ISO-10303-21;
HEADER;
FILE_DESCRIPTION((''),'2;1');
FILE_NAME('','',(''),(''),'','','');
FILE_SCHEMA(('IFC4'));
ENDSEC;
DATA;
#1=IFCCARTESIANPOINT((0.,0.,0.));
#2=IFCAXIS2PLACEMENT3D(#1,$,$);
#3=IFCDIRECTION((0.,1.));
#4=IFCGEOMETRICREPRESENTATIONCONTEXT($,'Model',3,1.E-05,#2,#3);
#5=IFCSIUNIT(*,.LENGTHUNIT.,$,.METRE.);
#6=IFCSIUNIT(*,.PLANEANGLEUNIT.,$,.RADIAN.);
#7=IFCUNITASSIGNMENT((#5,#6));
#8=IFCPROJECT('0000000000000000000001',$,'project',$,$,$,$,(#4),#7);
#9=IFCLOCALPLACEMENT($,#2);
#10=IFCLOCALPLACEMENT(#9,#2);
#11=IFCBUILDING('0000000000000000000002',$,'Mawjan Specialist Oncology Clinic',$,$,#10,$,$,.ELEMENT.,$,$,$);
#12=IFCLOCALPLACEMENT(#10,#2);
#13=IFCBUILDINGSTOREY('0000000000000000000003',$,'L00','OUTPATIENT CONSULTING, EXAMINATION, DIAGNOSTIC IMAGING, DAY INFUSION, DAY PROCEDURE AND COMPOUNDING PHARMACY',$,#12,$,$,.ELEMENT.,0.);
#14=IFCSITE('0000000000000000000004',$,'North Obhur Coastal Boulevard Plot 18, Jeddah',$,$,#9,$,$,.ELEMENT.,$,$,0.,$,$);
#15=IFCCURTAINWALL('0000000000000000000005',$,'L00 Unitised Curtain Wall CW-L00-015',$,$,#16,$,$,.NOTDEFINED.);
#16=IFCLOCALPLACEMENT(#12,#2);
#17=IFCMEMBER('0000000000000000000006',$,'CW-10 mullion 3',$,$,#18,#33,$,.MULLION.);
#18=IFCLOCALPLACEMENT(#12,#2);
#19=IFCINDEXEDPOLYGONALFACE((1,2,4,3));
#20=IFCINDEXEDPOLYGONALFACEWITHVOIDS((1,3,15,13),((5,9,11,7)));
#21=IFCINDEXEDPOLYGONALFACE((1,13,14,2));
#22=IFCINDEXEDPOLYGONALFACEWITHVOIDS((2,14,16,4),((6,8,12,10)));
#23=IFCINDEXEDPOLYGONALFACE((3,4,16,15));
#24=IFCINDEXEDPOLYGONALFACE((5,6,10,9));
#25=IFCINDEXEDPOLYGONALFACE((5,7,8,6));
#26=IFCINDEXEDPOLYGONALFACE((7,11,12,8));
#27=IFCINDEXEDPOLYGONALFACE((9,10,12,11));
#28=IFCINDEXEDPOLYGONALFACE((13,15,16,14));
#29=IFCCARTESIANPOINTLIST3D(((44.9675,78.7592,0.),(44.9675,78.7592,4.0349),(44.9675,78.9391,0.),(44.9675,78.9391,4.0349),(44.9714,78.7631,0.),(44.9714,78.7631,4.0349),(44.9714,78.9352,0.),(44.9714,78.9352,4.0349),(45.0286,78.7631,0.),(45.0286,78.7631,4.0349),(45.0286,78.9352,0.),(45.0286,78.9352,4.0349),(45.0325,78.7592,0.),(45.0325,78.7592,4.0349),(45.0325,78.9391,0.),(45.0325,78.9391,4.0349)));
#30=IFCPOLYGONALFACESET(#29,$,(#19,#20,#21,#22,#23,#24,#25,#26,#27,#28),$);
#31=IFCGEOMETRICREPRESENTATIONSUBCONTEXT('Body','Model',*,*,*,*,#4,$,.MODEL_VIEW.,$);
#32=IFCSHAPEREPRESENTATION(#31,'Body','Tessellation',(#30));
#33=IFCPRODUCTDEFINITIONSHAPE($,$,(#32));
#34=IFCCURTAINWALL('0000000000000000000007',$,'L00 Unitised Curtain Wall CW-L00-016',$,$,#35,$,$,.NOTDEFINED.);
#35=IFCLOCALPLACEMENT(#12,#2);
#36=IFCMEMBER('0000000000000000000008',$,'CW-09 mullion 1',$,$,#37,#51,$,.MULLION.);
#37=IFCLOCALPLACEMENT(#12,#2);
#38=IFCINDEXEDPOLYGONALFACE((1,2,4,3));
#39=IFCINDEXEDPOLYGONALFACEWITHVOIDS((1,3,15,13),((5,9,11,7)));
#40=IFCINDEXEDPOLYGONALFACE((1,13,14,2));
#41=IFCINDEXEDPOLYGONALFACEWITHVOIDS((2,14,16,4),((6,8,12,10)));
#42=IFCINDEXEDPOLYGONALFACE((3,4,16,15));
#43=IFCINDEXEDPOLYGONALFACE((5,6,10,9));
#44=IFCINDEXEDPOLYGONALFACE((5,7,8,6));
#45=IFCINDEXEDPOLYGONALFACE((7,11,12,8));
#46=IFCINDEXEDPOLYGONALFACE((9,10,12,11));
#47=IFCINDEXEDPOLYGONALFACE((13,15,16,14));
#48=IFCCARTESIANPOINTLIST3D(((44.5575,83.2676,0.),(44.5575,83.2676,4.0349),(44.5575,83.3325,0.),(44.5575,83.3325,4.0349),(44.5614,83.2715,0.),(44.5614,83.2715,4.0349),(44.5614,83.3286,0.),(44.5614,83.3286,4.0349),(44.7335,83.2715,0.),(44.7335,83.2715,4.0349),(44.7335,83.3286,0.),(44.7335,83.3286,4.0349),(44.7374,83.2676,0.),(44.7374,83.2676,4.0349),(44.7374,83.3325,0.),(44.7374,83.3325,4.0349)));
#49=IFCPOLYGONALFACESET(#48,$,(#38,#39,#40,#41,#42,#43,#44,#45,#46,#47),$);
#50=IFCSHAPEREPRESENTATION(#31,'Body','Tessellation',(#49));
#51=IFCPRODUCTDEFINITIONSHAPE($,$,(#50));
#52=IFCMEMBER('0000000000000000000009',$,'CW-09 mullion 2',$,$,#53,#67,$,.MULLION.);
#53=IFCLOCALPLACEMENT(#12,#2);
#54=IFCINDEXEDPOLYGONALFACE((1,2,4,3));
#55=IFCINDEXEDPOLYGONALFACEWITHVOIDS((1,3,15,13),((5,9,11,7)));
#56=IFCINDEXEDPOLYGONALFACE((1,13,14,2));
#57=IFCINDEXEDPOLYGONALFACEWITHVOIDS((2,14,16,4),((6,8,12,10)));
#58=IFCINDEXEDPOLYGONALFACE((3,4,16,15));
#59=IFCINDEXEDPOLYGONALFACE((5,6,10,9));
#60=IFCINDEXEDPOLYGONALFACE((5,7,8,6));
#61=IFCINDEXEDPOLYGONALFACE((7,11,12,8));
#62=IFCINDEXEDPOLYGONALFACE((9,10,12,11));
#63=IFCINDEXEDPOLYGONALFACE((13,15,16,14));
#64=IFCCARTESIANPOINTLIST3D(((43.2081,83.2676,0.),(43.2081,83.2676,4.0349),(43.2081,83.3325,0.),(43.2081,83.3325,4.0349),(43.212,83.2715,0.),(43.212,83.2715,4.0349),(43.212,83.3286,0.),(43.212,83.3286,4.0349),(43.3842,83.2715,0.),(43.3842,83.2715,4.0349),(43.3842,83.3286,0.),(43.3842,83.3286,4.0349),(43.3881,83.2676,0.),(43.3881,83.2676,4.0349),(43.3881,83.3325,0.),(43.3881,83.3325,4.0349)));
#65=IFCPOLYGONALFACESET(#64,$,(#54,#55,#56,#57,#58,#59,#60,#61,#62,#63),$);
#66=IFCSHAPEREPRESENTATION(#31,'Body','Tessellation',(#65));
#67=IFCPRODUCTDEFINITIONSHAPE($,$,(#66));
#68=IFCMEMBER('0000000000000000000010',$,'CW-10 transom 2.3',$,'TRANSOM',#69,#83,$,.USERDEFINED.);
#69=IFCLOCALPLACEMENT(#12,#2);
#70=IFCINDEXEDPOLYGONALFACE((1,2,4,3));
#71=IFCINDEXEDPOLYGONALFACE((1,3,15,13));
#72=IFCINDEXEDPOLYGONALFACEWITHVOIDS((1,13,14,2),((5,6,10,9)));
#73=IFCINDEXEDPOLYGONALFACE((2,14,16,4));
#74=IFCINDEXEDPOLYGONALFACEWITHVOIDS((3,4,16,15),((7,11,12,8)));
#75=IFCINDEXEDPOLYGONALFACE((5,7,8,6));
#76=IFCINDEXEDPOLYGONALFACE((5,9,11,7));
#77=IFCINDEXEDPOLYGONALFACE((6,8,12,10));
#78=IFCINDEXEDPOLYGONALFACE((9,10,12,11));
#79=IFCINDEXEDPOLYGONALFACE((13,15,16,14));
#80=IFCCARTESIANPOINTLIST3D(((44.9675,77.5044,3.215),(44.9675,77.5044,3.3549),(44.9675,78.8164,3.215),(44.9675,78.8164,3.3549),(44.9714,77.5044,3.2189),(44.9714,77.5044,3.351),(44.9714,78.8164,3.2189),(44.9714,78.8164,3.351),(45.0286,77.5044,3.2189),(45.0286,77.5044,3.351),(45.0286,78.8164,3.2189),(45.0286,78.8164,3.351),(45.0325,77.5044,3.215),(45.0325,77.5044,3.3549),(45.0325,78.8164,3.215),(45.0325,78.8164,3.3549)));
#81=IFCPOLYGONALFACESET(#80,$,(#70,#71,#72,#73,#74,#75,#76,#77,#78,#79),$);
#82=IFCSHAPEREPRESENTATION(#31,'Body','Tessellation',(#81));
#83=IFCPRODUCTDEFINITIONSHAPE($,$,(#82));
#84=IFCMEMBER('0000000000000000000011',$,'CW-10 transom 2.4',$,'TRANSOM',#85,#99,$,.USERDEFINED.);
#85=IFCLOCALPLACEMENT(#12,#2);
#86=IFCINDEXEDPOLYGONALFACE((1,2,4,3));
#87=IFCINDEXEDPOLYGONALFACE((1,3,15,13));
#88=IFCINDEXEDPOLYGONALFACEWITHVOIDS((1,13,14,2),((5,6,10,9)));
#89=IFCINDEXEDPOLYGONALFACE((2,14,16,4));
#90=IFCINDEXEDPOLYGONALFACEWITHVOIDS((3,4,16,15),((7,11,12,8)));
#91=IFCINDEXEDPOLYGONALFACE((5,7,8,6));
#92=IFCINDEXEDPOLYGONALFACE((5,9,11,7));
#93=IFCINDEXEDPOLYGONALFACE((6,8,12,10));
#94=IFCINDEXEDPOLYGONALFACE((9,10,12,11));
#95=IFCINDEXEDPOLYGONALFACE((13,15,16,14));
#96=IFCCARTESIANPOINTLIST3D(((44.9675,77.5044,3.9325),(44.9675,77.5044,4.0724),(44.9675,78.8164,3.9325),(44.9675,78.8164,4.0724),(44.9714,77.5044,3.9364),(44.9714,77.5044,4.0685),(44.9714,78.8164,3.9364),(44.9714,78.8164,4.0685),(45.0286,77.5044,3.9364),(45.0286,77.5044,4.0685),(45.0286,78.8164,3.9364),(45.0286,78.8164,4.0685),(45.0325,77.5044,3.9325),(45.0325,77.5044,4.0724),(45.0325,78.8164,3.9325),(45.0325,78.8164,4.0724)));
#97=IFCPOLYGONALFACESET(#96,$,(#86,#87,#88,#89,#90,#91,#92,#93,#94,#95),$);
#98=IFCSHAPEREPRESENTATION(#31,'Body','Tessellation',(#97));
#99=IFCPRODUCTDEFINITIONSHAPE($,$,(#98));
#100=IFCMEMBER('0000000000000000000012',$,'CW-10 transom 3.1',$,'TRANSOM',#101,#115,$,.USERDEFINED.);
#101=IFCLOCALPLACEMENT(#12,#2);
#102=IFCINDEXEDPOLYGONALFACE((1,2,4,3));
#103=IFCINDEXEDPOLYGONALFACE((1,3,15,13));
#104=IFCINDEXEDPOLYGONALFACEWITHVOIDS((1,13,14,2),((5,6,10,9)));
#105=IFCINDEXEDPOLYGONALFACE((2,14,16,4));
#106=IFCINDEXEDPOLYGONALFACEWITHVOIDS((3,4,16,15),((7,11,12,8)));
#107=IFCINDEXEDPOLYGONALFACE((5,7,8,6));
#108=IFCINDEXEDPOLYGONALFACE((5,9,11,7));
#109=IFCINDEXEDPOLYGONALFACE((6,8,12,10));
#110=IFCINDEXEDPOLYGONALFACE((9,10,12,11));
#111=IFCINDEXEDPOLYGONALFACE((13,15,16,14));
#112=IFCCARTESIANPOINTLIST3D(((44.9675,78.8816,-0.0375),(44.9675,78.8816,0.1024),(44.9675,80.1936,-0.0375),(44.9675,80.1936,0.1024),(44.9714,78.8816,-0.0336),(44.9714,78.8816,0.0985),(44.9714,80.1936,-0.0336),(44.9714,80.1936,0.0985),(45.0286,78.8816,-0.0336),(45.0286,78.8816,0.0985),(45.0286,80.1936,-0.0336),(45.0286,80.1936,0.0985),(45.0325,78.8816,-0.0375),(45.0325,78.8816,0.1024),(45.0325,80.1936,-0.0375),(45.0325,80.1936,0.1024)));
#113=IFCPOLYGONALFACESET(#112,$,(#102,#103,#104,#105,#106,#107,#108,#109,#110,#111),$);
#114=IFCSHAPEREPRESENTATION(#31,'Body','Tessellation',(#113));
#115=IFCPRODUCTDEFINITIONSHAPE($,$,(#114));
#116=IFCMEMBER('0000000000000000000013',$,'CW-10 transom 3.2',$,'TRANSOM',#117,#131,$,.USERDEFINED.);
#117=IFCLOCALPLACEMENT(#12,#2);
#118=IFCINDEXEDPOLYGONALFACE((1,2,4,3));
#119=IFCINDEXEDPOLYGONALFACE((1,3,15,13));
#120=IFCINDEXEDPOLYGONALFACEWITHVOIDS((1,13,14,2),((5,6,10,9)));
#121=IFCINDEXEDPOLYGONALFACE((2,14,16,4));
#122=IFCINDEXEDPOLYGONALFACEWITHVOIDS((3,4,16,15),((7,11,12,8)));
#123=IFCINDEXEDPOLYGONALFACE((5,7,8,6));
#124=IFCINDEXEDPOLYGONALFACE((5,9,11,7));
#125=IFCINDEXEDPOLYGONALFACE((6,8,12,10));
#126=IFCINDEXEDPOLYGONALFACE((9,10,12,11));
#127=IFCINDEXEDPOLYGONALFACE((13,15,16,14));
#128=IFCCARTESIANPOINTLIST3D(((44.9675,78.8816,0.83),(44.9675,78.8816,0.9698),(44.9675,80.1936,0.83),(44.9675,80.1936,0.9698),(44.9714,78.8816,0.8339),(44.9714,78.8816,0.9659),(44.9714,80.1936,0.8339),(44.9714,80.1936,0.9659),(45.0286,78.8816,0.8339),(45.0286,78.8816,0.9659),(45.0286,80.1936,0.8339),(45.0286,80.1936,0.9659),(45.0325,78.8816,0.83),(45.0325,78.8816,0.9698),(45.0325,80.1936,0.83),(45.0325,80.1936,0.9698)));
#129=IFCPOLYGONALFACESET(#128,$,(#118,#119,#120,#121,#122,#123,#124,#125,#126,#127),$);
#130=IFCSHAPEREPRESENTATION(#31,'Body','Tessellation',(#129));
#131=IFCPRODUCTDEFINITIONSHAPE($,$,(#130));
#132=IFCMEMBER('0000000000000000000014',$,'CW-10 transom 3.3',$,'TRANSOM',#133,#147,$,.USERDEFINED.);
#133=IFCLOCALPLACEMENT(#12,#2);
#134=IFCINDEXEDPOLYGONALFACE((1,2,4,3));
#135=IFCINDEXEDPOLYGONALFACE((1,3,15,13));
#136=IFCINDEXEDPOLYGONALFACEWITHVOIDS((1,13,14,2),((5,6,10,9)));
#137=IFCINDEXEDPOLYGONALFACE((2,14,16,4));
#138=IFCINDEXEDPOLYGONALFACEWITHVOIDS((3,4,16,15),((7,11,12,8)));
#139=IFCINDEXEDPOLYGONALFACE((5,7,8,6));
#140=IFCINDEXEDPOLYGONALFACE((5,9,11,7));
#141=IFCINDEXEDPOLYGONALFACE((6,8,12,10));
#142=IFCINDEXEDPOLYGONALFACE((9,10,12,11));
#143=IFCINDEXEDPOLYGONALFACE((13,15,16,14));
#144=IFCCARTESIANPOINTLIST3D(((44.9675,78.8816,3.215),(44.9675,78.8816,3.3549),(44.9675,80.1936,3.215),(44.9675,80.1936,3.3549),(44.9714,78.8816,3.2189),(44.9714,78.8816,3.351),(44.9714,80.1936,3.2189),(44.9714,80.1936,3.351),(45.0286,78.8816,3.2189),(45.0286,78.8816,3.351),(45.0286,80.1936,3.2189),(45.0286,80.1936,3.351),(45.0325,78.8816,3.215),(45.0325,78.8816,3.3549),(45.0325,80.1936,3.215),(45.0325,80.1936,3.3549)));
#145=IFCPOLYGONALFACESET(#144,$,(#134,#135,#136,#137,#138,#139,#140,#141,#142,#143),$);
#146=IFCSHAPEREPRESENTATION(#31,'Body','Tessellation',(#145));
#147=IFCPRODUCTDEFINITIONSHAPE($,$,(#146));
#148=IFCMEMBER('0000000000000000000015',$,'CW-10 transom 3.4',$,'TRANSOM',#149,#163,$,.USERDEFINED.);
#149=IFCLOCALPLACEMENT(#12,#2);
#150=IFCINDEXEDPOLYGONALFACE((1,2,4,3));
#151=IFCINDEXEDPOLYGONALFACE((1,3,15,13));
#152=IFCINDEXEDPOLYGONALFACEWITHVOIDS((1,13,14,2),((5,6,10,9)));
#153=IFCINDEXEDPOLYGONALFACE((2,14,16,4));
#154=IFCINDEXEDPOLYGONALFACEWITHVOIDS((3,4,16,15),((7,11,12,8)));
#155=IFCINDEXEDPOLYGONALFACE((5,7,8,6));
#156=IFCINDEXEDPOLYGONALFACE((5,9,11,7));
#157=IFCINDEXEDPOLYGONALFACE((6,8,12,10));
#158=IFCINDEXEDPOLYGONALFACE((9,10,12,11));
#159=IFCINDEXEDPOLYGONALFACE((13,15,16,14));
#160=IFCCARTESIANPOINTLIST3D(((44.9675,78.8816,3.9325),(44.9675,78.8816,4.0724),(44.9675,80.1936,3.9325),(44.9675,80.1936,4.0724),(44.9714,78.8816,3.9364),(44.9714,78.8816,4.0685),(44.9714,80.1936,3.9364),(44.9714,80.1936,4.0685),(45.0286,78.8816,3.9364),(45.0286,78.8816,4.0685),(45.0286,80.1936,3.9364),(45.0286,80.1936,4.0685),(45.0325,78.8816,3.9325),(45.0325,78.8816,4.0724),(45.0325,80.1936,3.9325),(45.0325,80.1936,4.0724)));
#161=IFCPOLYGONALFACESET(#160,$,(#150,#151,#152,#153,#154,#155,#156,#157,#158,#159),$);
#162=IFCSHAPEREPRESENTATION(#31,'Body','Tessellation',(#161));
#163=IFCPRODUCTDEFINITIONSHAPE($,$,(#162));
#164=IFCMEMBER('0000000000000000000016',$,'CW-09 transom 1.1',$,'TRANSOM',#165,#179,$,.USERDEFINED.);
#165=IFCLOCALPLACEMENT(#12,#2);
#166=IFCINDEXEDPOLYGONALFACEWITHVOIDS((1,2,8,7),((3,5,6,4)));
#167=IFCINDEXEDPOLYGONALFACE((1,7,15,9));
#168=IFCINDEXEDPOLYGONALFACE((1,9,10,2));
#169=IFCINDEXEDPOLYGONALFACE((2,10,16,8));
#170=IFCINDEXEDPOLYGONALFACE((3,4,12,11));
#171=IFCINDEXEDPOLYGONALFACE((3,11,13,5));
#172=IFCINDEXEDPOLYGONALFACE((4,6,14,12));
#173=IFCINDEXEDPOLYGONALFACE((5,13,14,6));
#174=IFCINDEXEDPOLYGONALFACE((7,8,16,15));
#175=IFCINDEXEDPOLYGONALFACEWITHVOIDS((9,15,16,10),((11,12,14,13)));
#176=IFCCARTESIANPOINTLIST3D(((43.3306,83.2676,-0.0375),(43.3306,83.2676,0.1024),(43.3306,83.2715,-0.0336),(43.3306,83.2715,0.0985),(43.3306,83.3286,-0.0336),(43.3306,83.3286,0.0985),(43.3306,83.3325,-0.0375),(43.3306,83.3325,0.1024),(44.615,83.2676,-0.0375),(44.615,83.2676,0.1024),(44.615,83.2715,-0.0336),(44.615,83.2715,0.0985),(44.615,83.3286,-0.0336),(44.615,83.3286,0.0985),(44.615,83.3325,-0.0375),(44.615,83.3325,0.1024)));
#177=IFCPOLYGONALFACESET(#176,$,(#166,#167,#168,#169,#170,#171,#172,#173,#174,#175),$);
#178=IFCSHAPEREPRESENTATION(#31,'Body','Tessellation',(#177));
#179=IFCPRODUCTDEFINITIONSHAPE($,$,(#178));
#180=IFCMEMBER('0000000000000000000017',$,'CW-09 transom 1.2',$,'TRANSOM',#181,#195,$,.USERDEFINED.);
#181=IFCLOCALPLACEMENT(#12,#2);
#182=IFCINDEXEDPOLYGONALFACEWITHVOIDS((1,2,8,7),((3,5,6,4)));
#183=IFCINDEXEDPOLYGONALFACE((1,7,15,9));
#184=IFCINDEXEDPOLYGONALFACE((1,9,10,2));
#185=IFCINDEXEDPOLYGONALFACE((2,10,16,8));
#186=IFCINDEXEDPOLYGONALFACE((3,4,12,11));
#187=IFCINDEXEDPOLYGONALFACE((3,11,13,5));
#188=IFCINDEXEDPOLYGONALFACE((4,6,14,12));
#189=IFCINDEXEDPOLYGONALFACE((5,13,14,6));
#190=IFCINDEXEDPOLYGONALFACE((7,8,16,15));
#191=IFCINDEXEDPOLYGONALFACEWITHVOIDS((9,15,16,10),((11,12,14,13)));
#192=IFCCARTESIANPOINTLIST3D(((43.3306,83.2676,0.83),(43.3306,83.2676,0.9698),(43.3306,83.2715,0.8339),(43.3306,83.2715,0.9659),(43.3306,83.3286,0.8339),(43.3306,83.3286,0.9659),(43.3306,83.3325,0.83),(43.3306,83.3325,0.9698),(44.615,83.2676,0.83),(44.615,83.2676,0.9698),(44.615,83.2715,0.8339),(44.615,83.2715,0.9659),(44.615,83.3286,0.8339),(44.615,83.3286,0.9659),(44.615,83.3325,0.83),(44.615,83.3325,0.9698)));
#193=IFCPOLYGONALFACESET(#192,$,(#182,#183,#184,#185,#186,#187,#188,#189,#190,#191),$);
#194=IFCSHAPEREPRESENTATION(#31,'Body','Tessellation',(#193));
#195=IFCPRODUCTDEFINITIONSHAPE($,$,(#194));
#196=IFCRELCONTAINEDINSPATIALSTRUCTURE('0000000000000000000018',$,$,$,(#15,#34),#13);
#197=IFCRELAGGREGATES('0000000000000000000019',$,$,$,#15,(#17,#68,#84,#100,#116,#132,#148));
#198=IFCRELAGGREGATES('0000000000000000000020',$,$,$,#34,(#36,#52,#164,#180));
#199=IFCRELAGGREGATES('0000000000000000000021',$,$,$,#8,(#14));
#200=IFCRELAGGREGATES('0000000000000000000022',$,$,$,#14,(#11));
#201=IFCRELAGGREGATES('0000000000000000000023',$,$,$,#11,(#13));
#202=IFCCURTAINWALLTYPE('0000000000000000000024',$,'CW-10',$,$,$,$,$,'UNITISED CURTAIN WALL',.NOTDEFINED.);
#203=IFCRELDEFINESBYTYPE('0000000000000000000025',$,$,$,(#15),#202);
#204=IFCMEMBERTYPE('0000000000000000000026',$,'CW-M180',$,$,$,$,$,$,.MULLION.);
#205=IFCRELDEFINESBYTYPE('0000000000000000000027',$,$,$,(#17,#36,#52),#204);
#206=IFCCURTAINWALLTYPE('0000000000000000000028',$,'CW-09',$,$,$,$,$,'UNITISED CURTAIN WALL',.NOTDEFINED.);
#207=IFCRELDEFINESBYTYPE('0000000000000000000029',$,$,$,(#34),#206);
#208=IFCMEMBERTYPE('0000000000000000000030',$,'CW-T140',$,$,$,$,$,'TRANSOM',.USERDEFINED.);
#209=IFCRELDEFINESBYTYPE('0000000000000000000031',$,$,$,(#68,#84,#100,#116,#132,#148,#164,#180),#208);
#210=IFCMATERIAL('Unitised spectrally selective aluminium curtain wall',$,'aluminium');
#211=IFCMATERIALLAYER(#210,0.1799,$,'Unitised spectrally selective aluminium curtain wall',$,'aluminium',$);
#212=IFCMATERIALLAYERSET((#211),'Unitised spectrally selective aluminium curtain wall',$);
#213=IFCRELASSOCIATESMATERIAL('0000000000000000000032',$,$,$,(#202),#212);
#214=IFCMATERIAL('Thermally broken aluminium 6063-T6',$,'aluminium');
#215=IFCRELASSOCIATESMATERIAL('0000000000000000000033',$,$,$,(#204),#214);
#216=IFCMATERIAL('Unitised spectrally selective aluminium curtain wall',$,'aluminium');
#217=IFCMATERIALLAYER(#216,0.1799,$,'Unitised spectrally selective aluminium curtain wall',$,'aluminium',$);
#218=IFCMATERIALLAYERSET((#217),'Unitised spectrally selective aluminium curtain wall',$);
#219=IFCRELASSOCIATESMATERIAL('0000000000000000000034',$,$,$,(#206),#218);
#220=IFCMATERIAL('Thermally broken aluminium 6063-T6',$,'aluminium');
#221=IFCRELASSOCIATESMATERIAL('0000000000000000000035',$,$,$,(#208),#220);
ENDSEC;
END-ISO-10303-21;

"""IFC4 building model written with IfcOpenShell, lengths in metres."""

from ifc_helpers import new_model, si_unit, direction, frame, origin, origin_2d, place, context, subcontext, project, spatial, hollow_rectangle, extrude, material, layer, layer_set, material_profile, profile_set, type_object, element, aggregate, save


model = new_model("IFC4")

# Units and contexts
model_context = context("Model", 3, precision=1e-05, world=origin(), true_north=direction((0.0, 1.0)))
body_context = subcontext(model_context, "Body", "Model", "MODEL_VIEW")
ifc_project = project(units=[si_unit("LENGTHUNIT", "METRE"), si_unit("PLANEANGLEUNIT", "RADIAN")], contexts=[model_context])

# Site, building, storey
site_placement = place(None, origin())
site = spatial("IfcSite", under=ifc_project, at=site_placement, Name="North Obhur Coastal Boulevard Plot 18, Jeddah", CompositionType="ELEMENT", RefElevation=0.0)
building_placement = place(site_placement, origin())
building = spatial("IfcBuilding", under=site, at=building_placement, Name="Mawjan Specialist Oncology Clinic", CompositionType="ELEMENT")
storey_placement = place(building_placement, origin())
storey = spatial("IfcBuildingStorey", under=building, at=storey_placement, Name="L00", Description="OUTPATIENT CONSULTING, EXAMINATION, DIAGNOSTIC IMAGING, DAY INFUSION, DAY PROCEDURE AND COMPOUNDING PHARMACY", CompositionType="ELEMENT", Elevation=0.0)

# Curtain wall, member
ifc_material_1 = material(Name="Unitised spectrally selective aluminium curtain wall", Category="aluminium")
ifc_layer_1 = layer(ifc_material_1, 0.1799, Name="Unitised spectrally selective aluminium curtain wall", Category="aluminium")
ifc_layer_set_1 = layer_set([ifc_layer_1], Name="Unitised spectrally selective aluminium curtain wall")
curtain_wall_type_1 = type_object("IfcCurtainWallType", Name="CW-10", ElementType="UNITISED CURTAIN WALL", PredefinedType="NOTDEFINED", material=ifc_layer_set_1)
curtain_wall_1_placement = place(storey_placement, origin())
curtain_wall_1 = element("IfcCurtainWall", 1, at=curtain_wall_1_placement, inside=storey, type_object=curtain_wall_type_1, Name="L00 Unitised Curtain Wall CW-L00-015", PredefinedType="NOTDEFINED")
ifc_material_2 = material(Name="Thermally broken aluminium 6063-T6", Category="aluminium")
ifc_material_profile_1 = material_profile(ifc_material_2, hollow_rectangle(XDim=0.0649, YDim=0.1799, WallThickness=0.0039, at=origin_2d()), Name="ALU MULLION 180x65x4", Category="aluminium")
ifc_profile_set_1 = profile_set([ifc_material_profile_1], Name="Thermally broken aluminium 6063-T6")
member_type_1 = type_object("IfcMemberType", Name="CW-M180", PredefinedType="MULLION", material=ifc_profile_set_1)
member_1_placement = place(storey_placement, frame((45.0, 78.8491, 0.0), z_axis=(0.0, 0.0, 1.0), x_axis=(-1.0, 0.0, 0.0)))
member_1 = element("IfcMember", 2, at=member_1_placement, type_object=member_type_1, Name="CW-10 mullion 3", PredefinedType="MULLION", context=body_context, shape_type="SweptSolid", body=[
    extrude(hollow_rectangle(XDim=0.0649, YDim=0.1799, WallThickness=0.0039, at=origin_2d()), origin(), (0.0, 0.0, 1.0), 4.0349),
])

# Curtain wall, members
ifc_material_3 = material(Name="Unitised spectrally selective aluminium curtain wall", Category="aluminium")
ifc_layer_2 = layer(ifc_material_3, 0.1799, Name="Unitised spectrally selective aluminium curtain wall", Category="aluminium")
ifc_layer_set_2 = layer_set([ifc_layer_2], Name="Unitised spectrally selective aluminium curtain wall")
curtain_wall_type_2 = type_object("IfcCurtainWallType", Name="CW-09", ElementType="UNITISED CURTAIN WALL", PredefinedType="NOTDEFINED", material=ifc_layer_set_2)
curtain_wall_2_placement = place(storey_placement, origin())
curtain_wall_2 = element("IfcCurtainWall", 3, at=curtain_wall_2_placement, inside=storey, type_object=curtain_wall_type_2, Name="L00 Unitised Curtain Wall CW-L00-016", PredefinedType="NOTDEFINED")
member_2_placement = place(storey_placement, frame((44.6475, 83.3, 0.0), z_axis=(0.0, 0.0, 1.0), x_axis=(0.0, -1.0, 0.0)))
member_2 = element("IfcMember", 4, at=member_2_placement, type_object=member_type_1, Name="CW-09 mullion 1", PredefinedType="MULLION", context=body_context, shape_type="SweptSolid", body=[
    extrude(hollow_rectangle(XDim=0.0649, YDim=0.1799, WallThickness=0.0039, at=origin_2d()), origin(), (0.0, 0.0, 1.0), 4.0349),
])
member_3_placement = place(storey_placement, frame((43.2981, 83.3, 0.0), z_axis=(0.0, 0.0, 1.0), x_axis=(0.0, -1.0, 0.0)))
member_3 = element("IfcMember", 5, at=member_3_placement, type_object=member_type_1, Name="CW-09 mullion 2", PredefinedType="MULLION", context=body_context, shape_type="SweptSolid", body=[
    extrude(hollow_rectangle(XDim=0.0649, YDim=0.1799, WallThickness=0.0039, at=origin_2d()), origin(), (0.0, 0.0, 1.0), 4.0349),
])

# Members
ifc_material_4 = material(Name="Thermally broken aluminium 6063-T6", Category="aluminium")
ifc_material_profile_2 = material_profile(ifc_material_4, hollow_rectangle(XDim=0.0649, YDim=0.1399, WallThickness=0.0039, at=origin_2d()), Name="ALU TRANSOM 140x65x4", Category="aluminium")
ifc_profile_set_2 = profile_set([ifc_material_profile_2], Name="Thermally broken aluminium 6063-T6")
member_type_2 = type_object("IfcMemberType", Name="CW-T140", ElementType="TRANSOM", PredefinedType="USERDEFINED", material=ifc_profile_set_2)
member_4_placement = place(storey_placement, frame((45.0, 77.5044, 3.2849), z_axis=(0.0, 1.0, 0.0), x_axis=(-1.0, 0.0, 0.0)))
member_4 = element("IfcMember", 6, at=member_4_placement, type_object=member_type_2, Name="CW-10 transom 2.3", ObjectType="TRANSOM", PredefinedType="USERDEFINED", context=body_context, shape_type="SweptSolid", body=[
    extrude(hollow_rectangle(XDim=0.0649, YDim=0.1399, WallThickness=0.0039, at=origin_2d()), origin(), (0.0, 0.0, 1.0), 1.312),
])
member_5_placement = place(storey_placement, frame((45.0, 77.5044, 4.0024), z_axis=(0.0, 1.0, 0.0), x_axis=(-1.0, 0.0, 0.0)))
member_5 = element("IfcMember", 7, at=member_5_placement, type_object=member_type_2, Name="CW-10 transom 2.4", ObjectType="TRANSOM", PredefinedType="USERDEFINED", context=body_context, shape_type="SweptSolid", body=[
    extrude(hollow_rectangle(XDim=0.0649, YDim=0.1399, WallThickness=0.0039, at=origin_2d()), origin(), (0.0, 0.0, 1.0), 1.312),
])
member_6_placement = place(storey_placement, frame((45.0, 78.8816, 0.0325), z_axis=(0.0, 1.0, 0.0), x_axis=(-1.0, 0.0, 0.0)))
member_6 = element("IfcMember", 8, at=member_6_placement, type_object=member_type_2, Name="CW-10 transom 3.1", ObjectType="TRANSOM", PredefinedType="USERDEFINED", context=body_context, shape_type="SweptSolid", body=[
    extrude(hollow_rectangle(XDim=0.0649, YDim=0.1399, WallThickness=0.0039, at=origin_2d()), origin(), (0.0, 0.0, 1.0), 1.312),
])
member_7_placement = place(storey_placement, frame((45.0, 78.8816, 0.8999), z_axis=(0.0, 1.0, 0.0), x_axis=(-1.0, 0.0, 0.0)))
member_7 = element("IfcMember", 9, at=member_7_placement, type_object=member_type_2, Name="CW-10 transom 3.2", ObjectType="TRANSOM", PredefinedType="USERDEFINED", context=body_context, shape_type="SweptSolid", body=[
    extrude(hollow_rectangle(XDim=0.0649, YDim=0.1399, WallThickness=0.0039, at=origin_2d()), origin(), (0.0, 0.0, 1.0), 1.312),
])
member_8_placement = place(storey_placement, frame((45.0, 78.8816, 3.2849), z_axis=(0.0, 1.0, 0.0), x_axis=(-1.0, 0.0, 0.0)))
member_8 = element("IfcMember", 10, at=member_8_placement, type_object=member_type_2, Name="CW-10 transom 3.3", ObjectType="TRANSOM", PredefinedType="USERDEFINED", context=body_context, shape_type="SweptSolid", body=[
    extrude(hollow_rectangle(XDim=0.0649, YDim=0.1399, WallThickness=0.0039, at=origin_2d()), origin(), (0.0, 0.0, 1.0), 1.312),
])
member_9_placement = place(storey_placement, frame((45.0, 78.8816, 4.0024), z_axis=(0.0, 1.0, 0.0), x_axis=(-1.0, 0.0, 0.0)))
member_9 = element("IfcMember", 11, at=member_9_placement, type_object=member_type_2, Name="CW-10 transom 3.4", ObjectType="TRANSOM", PredefinedType="USERDEFINED", context=body_context, shape_type="SweptSolid", body=[
    extrude(hollow_rectangle(XDim=0.0649, YDim=0.1399, WallThickness=0.0039, at=origin_2d()), origin(), (0.0, 0.0, 1.0), 1.312),
])
member_10_placement = place(storey_placement, frame((44.615, 83.3, 0.0325), z_axis=(-1.0, 0.0, 0.0), x_axis=(0.0, -1.0, 0.0)))
member_10 = element("IfcMember", 12, at=member_10_placement, type_object=member_type_2, Name="CW-09 transom 1.1", ObjectType="TRANSOM", PredefinedType="USERDEFINED", context=body_context, shape_type="SweptSolid", body=[
    extrude(hollow_rectangle(XDim=0.0649, YDim=0.1399, WallThickness=0.0039, at=origin_2d()), origin(), (0.0, 0.0, 1.0), 1.2844),
])
member_11_placement = place(storey_placement, frame((44.615, 83.3, 0.8999), z_axis=(-1.0, 0.0, 0.0), x_axis=(0.0, -1.0, 0.0)))
member_11 = element("IfcMember", 13, at=member_11_placement, type_object=member_type_2, Name="CW-09 transom 1.2", ObjectType="TRANSOM", PredefinedType="USERDEFINED", context=body_context, shape_type="SweptSolid", body=[
    extrude(hollow_rectangle(XDim=0.0649, YDim=0.1399, WallThickness=0.0039, at=origin_2d()), origin(), (0.0, 0.0, 1.0), 1.2844),
])

aggregate(curtain_wall_1, [member_1, member_4, member_5, member_6, member_7, member_8, member_9])
aggregate(curtain_wall_2, [member_2, member_3, member_10, member_11])

save(model, "model.ifc")
